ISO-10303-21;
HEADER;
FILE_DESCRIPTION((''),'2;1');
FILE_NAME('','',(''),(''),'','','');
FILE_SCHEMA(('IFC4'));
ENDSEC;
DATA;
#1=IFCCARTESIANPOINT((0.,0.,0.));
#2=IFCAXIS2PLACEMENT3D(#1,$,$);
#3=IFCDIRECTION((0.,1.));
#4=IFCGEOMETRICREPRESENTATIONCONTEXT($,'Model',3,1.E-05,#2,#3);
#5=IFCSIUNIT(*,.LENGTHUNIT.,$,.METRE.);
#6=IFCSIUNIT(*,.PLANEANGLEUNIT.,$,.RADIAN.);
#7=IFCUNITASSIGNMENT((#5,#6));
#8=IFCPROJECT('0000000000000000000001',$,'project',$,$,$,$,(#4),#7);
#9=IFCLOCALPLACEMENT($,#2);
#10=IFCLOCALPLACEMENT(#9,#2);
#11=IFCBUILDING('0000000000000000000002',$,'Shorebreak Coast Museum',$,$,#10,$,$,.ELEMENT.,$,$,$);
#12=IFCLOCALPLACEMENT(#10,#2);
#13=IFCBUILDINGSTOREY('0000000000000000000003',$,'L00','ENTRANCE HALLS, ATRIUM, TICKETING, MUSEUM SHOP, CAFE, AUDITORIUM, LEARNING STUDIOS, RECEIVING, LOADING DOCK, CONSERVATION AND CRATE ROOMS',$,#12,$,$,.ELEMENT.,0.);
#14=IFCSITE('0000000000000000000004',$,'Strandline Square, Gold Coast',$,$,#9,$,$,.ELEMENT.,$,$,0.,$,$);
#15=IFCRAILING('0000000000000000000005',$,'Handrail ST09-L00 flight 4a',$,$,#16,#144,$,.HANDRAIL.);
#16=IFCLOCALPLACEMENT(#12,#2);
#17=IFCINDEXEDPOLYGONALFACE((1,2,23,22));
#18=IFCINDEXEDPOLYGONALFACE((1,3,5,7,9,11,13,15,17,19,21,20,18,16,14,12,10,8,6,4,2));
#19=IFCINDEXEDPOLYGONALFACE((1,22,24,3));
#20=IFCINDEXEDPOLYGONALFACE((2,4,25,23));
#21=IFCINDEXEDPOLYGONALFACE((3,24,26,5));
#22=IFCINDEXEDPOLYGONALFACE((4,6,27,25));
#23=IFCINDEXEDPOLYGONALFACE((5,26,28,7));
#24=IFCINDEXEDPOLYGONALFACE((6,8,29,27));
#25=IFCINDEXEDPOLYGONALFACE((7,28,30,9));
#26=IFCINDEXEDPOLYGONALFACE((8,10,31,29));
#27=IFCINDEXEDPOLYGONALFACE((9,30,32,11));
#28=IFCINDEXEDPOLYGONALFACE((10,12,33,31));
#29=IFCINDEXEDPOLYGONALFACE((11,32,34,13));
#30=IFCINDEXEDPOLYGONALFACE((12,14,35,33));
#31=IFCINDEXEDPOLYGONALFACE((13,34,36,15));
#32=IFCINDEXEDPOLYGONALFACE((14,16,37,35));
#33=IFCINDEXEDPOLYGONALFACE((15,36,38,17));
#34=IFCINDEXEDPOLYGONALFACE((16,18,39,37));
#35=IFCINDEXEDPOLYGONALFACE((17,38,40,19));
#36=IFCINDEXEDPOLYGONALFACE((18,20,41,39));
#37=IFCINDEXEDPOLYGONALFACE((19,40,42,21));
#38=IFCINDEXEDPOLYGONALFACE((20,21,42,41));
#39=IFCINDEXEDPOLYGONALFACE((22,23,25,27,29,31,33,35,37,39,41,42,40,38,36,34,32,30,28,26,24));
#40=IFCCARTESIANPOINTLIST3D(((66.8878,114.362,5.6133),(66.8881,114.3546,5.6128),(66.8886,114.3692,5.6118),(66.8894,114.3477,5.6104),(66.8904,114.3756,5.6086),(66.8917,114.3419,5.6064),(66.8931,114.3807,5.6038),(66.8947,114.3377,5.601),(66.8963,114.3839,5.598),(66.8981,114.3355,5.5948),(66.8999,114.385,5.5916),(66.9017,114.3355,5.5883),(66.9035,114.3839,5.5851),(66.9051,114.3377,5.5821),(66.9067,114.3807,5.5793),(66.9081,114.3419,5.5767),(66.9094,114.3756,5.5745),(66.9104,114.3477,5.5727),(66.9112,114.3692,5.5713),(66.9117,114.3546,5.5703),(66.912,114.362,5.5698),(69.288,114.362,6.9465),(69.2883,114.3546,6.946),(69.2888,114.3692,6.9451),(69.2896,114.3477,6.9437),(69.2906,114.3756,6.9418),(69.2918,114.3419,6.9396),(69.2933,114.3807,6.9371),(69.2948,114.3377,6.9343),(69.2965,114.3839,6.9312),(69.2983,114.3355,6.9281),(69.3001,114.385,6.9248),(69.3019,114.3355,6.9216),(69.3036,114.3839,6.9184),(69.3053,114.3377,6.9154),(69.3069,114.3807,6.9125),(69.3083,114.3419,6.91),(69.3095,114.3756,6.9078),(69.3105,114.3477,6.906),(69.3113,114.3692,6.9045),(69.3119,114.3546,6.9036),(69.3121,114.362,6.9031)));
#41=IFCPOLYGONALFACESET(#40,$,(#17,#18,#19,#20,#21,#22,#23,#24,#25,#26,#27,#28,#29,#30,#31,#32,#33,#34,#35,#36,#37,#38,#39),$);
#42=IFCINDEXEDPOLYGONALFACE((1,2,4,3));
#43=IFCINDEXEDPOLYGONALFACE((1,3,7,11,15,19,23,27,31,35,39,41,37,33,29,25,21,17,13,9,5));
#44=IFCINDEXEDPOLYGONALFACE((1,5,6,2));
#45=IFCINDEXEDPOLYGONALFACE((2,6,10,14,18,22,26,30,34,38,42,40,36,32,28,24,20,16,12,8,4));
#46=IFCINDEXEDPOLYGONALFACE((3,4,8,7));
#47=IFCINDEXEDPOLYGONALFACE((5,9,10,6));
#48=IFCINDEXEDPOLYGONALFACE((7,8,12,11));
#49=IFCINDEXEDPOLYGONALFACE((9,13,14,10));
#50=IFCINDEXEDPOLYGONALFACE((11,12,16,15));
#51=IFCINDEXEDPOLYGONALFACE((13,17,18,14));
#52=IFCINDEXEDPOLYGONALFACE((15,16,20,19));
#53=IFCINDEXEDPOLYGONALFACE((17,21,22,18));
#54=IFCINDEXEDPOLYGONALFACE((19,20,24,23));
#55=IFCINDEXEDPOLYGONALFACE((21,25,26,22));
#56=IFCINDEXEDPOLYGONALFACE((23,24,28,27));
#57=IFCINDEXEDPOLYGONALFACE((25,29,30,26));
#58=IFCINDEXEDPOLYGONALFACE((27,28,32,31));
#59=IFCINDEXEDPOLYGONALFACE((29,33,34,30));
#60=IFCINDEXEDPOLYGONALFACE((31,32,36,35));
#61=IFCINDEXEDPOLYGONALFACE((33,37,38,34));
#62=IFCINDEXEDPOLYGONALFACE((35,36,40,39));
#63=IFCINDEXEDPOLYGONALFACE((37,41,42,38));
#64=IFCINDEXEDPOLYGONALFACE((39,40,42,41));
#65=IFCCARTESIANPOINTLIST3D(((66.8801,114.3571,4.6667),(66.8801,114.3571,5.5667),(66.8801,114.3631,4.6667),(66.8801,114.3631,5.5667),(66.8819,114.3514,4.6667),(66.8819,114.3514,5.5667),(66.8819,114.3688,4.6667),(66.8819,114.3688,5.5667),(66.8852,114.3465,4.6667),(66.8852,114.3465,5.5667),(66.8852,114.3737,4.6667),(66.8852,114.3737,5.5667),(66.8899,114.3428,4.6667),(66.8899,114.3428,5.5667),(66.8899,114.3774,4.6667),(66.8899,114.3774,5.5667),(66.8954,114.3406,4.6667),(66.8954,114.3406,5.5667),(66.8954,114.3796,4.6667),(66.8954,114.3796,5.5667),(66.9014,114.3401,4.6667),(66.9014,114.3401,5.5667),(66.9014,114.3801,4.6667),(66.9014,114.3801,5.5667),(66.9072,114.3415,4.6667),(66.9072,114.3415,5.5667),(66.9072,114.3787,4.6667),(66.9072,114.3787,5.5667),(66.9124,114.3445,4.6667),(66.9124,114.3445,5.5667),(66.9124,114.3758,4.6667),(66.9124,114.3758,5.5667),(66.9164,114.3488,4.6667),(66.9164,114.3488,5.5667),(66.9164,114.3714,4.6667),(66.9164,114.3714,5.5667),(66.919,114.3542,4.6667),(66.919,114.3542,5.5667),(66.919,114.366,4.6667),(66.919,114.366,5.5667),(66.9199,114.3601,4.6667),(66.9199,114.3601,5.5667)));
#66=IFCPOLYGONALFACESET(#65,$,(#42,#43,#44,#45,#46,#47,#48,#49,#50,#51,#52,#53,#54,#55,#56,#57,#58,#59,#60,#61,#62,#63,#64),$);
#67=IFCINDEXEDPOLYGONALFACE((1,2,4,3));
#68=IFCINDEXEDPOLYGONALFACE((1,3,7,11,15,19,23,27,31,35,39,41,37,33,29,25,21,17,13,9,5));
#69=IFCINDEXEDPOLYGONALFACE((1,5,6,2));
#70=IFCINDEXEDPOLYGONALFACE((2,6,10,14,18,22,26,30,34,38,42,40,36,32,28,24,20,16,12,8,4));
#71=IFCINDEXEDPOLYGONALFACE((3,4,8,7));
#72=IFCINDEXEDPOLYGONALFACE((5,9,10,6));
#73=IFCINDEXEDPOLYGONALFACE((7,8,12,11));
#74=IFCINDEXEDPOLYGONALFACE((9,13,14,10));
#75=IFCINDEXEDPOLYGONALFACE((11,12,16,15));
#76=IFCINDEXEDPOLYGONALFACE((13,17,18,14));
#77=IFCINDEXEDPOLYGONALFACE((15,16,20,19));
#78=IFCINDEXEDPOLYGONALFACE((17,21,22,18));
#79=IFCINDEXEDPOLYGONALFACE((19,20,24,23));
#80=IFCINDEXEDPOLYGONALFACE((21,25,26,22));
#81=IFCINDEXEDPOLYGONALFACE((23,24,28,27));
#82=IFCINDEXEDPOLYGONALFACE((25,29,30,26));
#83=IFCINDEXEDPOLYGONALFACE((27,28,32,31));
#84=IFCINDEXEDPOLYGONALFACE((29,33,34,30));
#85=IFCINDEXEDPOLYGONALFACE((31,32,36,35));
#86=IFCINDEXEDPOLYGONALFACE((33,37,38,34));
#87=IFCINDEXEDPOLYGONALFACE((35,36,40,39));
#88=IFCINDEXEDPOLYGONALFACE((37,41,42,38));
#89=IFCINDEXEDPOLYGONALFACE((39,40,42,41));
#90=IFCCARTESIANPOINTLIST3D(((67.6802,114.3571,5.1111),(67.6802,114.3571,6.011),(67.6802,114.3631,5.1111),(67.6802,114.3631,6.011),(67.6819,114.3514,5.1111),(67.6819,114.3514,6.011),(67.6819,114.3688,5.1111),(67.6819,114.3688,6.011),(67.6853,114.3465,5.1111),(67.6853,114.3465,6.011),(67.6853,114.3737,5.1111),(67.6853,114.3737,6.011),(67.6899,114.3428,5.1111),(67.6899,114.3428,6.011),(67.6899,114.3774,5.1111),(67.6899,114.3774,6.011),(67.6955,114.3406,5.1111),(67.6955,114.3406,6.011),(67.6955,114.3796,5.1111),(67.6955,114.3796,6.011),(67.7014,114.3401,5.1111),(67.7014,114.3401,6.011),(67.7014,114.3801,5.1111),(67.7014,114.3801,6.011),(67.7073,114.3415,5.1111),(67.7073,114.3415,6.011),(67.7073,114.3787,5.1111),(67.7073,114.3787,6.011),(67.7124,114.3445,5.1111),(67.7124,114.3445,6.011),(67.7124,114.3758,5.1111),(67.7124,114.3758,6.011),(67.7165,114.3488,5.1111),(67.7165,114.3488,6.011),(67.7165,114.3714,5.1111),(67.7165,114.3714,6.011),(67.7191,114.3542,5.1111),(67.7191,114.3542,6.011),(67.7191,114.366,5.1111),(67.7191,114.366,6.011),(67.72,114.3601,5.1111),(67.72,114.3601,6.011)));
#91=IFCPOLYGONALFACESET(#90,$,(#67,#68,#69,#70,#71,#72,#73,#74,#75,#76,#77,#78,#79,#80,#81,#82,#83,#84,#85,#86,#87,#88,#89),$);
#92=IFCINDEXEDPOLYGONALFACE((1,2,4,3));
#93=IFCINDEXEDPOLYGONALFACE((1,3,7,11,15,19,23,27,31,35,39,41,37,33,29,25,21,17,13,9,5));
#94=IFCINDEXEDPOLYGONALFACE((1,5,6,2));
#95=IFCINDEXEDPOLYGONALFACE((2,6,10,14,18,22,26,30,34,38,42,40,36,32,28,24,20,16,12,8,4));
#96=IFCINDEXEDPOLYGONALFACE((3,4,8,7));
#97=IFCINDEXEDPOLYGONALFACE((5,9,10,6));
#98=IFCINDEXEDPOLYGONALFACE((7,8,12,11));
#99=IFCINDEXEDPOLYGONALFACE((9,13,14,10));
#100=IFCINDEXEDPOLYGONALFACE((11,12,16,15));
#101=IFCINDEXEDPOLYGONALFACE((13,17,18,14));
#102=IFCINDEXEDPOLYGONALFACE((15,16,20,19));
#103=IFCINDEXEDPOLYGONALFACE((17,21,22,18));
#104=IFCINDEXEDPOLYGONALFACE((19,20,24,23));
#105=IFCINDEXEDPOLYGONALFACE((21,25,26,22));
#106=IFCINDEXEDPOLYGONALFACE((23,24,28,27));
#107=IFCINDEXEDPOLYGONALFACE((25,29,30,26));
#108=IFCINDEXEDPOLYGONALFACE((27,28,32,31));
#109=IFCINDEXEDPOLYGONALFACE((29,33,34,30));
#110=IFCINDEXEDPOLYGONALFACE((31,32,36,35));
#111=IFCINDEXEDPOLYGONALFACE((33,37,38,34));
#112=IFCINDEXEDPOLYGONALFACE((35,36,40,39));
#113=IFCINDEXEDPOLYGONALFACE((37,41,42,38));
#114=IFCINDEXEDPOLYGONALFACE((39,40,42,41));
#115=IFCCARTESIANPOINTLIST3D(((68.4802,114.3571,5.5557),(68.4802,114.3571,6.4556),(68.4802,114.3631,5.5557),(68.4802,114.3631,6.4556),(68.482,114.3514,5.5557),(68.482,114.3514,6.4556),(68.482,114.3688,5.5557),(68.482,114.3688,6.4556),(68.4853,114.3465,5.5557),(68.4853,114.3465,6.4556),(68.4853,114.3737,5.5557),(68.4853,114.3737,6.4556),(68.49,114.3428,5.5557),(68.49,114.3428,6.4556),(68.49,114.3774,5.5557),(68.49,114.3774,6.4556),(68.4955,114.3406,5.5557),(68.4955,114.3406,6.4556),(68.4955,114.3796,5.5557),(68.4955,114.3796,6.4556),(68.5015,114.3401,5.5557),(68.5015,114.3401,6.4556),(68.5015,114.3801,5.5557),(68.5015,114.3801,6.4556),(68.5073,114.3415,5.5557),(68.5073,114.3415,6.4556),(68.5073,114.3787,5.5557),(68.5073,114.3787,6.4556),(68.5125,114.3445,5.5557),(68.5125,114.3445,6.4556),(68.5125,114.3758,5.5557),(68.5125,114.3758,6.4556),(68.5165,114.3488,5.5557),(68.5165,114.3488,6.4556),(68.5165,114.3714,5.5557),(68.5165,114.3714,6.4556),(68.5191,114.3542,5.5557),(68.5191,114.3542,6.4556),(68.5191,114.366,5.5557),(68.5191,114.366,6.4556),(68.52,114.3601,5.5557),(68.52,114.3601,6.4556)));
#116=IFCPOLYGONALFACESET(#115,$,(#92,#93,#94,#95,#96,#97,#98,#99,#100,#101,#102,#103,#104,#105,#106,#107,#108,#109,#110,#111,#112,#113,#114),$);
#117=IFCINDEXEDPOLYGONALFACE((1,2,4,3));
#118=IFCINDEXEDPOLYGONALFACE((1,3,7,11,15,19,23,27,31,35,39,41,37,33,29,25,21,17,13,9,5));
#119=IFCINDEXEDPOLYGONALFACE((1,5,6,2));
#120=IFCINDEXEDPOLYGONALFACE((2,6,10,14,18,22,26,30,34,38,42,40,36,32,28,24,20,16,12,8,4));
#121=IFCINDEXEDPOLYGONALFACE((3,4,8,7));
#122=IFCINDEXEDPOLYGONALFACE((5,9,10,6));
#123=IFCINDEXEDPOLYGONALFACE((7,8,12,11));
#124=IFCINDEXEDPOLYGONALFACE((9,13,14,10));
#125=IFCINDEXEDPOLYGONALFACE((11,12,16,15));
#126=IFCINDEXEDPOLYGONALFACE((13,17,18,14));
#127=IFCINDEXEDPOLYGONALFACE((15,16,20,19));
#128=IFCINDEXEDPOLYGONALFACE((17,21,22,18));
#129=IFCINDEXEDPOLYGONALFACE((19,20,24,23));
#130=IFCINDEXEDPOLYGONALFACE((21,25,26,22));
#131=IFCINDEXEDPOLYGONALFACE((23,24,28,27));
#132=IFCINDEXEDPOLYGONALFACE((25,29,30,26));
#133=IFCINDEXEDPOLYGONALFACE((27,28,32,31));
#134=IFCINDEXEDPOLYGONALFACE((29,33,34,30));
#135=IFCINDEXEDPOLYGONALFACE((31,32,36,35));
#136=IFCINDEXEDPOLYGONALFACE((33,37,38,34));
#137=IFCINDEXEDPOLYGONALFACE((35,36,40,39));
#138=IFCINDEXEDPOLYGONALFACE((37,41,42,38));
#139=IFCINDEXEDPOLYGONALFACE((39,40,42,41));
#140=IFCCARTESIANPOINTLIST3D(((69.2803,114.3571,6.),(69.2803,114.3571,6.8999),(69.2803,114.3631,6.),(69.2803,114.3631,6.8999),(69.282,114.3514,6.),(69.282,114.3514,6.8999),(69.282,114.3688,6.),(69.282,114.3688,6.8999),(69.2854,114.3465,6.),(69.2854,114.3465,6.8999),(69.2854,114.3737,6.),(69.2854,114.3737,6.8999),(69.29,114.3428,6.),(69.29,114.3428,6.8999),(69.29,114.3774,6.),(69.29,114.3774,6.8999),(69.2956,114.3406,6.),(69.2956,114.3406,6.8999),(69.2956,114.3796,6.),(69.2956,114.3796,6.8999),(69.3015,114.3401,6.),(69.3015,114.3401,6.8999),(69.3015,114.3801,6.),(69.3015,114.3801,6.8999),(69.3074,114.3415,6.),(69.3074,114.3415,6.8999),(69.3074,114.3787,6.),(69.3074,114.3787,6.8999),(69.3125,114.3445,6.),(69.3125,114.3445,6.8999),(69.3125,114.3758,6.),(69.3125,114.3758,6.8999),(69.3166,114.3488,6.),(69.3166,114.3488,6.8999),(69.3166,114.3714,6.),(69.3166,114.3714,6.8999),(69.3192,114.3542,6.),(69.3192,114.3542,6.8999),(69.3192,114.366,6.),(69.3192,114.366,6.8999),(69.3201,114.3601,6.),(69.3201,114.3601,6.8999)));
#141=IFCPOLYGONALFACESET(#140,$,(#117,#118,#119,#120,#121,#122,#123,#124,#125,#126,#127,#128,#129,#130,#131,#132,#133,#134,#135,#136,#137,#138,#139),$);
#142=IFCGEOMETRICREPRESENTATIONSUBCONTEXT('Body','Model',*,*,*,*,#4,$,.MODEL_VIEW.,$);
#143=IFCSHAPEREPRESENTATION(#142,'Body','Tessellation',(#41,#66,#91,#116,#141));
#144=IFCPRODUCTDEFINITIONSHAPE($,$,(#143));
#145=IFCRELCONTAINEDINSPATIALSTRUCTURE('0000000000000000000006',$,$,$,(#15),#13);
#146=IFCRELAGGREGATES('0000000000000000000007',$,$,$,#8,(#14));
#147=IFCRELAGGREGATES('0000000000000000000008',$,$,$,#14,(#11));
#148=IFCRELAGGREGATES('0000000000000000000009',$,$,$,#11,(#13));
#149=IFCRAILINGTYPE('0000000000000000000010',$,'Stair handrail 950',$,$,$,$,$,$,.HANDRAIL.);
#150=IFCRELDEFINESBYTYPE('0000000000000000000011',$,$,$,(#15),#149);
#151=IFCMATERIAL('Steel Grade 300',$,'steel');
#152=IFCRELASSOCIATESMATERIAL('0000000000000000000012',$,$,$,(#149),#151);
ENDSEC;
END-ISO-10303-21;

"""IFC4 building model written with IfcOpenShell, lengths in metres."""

from ifc_helpers import new_model, si_unit, direction, frame, origin, origin_2d, place, context, subcontext, project, spatial, circle, extrude, material, type_object, element, save


model = new_model("IFC4")

# Units and contexts
model_context = context("Model", 3, precision=1e-05, world=origin(), true_north=direction((0.0, 1.0)))
body_context = subcontext(model_context, "Body", "Model", "MODEL_VIEW")
ifc_project = project(units=[si_unit("LENGTHUNIT", "METRE"), si_unit("PLANEANGLEUNIT", "RADIAN")], contexts=[model_context])

# Site, building, storey
site_placement = place(None, origin())
site = spatial("IfcSite", under=ifc_project, at=site_placement, Name="Strandline Square, Gold Coast", CompositionType="ELEMENT", RefElevation=0.0)
building_placement = place(site_placement, origin())
building = spatial("IfcBuilding", under=site, at=building_placement, Name="Shorebreak Coast Museum", CompositionType="ELEMENT")
storey_placement = place(building_placement, origin())
storey = spatial("IfcBuildingStorey", under=building, at=storey_placement, Name="L00", Description="ENTRANCE HALLS, ATRIUM, TICKETING, MUSEUM SHOP, CAFE, AUDITORIUM, LEARNING STUDIOS, RECEIVING, LOADING DOCK, CONSERVATION AND CRATE ROOMS", CompositionType="ELEMENT", Elevation=0.0)

# Railing
ifc_material_1 = material(Name="Steel Grade 300", Category="steel")
railing_type_1 = type_object("IfcRailingType", Name="Stair handrail 950", PredefinedType="HANDRAIL", material=ifc_material_1)
for number, where, name in (
    (1, (66.8999, 114.3601, 4.6667), "Handrail ST09-L00 flight 4a"),
):
    element("IfcRailing", number, at=place(storey_placement, frame(where)), inside=storey, type_object=railing_type_1, Name=name, PredefinedType="HANDRAIL", context=body_context, shape_type="SweptSolid", body=[
        extrude(circle(Radius=0.0249, at=origin_2d()), frame((0.0, 0.0, 0.9248), z_axis=(0.874182, 0.0, 0.485598), x_axis=(0.0, 1.0, 0.0)), (0.0, 0.0, 1.0), 2.7456),
        extrude(circle(Radius=0.02, at=origin_2d()), origin(), (0.0, 0.0, 1.0), 0.8999),
        extrude(circle(Radius=0.02, at=origin_2d()), frame((0.8, 0.0, 0.4443)), (0.0, 0.0, 1.0), 0.8999),
        extrude(circle(Radius=0.02, at=origin_2d()), frame((1.6001, 0.0, 0.8889)), (0.0, 0.0, 1.0), 0.8999),
        extrude(circle(Radius=0.02, at=origin_2d()), frame((2.4001, 0.0, 1.3333)), (0.0, 0.0, 1.0), 0.8999),
    ])

save(model, "model.ifc")
